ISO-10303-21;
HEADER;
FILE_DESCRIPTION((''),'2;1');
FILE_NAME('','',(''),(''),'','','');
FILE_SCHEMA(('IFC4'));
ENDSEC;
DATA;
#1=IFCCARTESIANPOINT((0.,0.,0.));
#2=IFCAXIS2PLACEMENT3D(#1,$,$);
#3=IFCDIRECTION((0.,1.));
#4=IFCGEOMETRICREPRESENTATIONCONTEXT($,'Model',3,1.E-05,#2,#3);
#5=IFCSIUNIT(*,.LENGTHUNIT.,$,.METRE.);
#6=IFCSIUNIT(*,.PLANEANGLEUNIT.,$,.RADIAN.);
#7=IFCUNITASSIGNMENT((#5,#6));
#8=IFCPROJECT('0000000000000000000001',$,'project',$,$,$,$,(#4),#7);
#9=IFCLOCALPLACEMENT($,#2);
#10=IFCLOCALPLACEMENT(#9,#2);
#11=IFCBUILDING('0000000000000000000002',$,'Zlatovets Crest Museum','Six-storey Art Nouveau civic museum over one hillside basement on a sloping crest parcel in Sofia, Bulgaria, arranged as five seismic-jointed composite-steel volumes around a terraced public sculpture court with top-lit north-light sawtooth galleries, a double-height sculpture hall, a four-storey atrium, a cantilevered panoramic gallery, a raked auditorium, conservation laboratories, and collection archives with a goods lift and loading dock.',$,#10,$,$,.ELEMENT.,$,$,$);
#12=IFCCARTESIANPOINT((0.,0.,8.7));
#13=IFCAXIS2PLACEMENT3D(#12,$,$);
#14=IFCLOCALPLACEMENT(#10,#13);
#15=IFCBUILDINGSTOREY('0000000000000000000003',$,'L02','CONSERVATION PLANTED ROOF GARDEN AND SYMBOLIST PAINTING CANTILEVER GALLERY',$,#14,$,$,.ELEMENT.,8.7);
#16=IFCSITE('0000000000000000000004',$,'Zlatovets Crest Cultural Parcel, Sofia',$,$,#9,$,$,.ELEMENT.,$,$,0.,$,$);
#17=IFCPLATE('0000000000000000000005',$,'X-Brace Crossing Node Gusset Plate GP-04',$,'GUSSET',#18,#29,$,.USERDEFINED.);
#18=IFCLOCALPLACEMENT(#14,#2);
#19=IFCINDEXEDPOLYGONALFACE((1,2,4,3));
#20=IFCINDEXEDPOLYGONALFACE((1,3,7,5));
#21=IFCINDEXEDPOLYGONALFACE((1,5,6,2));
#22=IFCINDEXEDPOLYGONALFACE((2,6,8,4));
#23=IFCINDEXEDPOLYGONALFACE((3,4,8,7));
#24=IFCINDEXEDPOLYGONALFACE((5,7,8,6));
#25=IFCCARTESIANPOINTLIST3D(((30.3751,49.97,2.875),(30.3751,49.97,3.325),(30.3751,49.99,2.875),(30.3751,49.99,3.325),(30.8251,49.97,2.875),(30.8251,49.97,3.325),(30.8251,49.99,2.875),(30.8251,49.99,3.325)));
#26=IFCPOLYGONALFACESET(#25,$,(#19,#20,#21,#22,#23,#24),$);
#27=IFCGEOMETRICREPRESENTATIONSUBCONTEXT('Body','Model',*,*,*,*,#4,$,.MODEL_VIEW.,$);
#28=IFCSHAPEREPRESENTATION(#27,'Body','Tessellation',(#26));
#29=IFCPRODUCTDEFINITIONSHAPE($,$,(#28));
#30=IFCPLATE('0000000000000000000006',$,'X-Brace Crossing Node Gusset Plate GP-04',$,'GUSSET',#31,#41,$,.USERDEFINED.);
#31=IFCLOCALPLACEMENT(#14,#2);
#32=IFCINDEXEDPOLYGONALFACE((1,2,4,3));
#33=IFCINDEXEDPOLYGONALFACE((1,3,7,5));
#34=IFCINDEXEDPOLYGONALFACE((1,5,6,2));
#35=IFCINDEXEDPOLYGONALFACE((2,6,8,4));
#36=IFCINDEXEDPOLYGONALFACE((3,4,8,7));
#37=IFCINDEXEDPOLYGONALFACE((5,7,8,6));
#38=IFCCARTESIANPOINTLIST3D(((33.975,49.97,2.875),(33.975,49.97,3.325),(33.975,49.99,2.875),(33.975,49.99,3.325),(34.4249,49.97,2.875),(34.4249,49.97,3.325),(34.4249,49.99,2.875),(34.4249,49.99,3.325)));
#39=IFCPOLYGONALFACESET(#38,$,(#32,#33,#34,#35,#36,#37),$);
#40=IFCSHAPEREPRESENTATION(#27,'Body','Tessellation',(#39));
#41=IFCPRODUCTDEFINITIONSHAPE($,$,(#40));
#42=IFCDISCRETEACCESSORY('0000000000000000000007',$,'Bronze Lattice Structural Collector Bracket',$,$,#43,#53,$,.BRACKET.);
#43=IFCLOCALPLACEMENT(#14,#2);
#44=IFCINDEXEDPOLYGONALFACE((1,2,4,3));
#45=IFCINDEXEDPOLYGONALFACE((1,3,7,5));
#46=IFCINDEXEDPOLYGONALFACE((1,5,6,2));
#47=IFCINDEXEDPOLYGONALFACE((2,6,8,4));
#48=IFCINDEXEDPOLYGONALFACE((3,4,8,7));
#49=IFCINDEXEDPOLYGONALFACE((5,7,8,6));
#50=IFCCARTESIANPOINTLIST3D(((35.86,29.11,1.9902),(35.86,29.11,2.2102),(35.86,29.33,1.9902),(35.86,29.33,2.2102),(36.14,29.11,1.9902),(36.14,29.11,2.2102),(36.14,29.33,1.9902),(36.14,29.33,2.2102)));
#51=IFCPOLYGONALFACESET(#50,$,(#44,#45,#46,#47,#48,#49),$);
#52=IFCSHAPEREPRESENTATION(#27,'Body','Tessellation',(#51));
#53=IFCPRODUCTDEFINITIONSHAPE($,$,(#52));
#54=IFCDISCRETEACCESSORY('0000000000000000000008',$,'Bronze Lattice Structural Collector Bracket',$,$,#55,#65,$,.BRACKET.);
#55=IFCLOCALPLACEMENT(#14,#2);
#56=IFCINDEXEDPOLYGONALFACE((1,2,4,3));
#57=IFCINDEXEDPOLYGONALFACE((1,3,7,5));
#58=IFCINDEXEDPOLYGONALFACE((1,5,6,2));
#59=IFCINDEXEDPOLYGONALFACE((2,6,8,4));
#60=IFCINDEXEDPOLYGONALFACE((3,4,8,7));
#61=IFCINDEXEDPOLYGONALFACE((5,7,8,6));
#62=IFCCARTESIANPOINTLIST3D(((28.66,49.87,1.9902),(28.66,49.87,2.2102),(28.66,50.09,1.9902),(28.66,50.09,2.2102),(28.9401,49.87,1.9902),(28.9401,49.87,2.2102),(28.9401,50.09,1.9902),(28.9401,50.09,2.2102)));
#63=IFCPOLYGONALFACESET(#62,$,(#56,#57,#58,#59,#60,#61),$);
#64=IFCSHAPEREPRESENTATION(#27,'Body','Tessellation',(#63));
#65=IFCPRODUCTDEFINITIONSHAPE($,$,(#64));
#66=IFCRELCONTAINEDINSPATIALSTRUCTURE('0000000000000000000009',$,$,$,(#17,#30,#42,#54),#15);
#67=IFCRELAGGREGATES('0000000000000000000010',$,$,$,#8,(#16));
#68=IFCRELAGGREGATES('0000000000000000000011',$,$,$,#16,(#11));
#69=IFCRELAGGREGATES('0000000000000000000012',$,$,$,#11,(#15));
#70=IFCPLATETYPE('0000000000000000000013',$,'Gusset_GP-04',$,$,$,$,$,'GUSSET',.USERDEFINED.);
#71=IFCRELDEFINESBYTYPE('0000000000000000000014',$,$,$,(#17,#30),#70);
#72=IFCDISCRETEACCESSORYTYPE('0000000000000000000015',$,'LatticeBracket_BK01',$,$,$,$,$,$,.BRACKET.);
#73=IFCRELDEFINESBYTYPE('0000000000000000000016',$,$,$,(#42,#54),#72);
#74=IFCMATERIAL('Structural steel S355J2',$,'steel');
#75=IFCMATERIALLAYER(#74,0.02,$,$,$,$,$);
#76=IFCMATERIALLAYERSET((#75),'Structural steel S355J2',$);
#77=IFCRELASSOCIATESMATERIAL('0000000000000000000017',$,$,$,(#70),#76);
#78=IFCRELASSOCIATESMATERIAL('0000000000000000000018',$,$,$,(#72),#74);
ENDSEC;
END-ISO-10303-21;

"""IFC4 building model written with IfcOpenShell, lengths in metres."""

from ifc_helpers import new_model, si_unit, direction, frame, origin, origin_2d, place, context, subcontext, project, spatial, rectangle, extrude, material, layer, layer_set, type_object, element, save


model = new_model("IFC4")

# Units and contexts
model_context = context("Model", 3, precision=1e-05, world=origin(), true_north=direction((0.0, 1.0)))
body_context = subcontext(model_context, "Body", "Model", "MODEL_VIEW")
ifc_project = project(units=[si_unit("LENGTHUNIT", "METRE"), si_unit("PLANEANGLEUNIT", "RADIAN")], contexts=[model_context])

# Site, building, storey
site_placement = place(None, origin())
site = spatial("IfcSite", under=ifc_project, at=site_placement, Name="Zlatovets Crest Cultural Parcel, Sofia", CompositionType="ELEMENT", RefElevation=0.0)
building_placement = place(site_placement, origin())
building = spatial("IfcBuilding", under=site, at=building_placement, Name="Zlatovets Crest Museum", Description="Six-storey Art Nouveau civic museum over one hillside basement on a sloping crest parcel in Sofia, Bulgaria, arranged as five seismic-jointed composite-steel volumes around a terraced public sculpture court with top-lit north-light sawtooth galleries, a double-height sculpture hall, a four-storey atrium, a cantilevered panoramic gallery, a raked auditorium, conservation laboratories, and collection archives with a goods lift and loading dock.", CompositionType="ELEMENT")
storey_placement = place(building_placement, frame((0.0, 0.0, 8.7)))
storey = spatial("IfcBuildingStorey", under=building, at=storey_placement, Name="L02", Description="CONSERVATION PLANTED ROOF GARDEN AND SYMBOLIST PAINTING CANTILEVER GALLERY", CompositionType="ELEMENT", Elevation=8.7)

# Plates
ifc_material_1 = material(Name="Structural steel S355J2", Category="steel")
ifc_layer = layer(ifc_material_1, 0.02)
ifc_layer_set = layer_set([ifc_layer], Name="Structural steel S355J2")
plate_type = type_object("IfcPlateType", Name="Gusset_GP-04", ElementType="GUSSET", PredefinedType="USERDEFINED", material=ifc_layer_set)
for number, where, z_axis, x_axis, name in (
    (1, (30.6001, 49.98, 2.875), (0.0, 0.0, 1.0), (1.0, 0.0, 0.0), "X-Brace Crossing Node Gusset Plate GP-04"),
    (2, (34.2, 49.98, 2.875), (0.0, 0.0, 1.0), (1.0, 0.0, 0.0), "X-Brace Crossing Node Gusset Plate GP-04"),
):
    element("IfcPlate", number, at=place(storey_placement, frame(where, z_axis=z_axis, x_axis=x_axis)), inside=storey, type_object=plate_type, Name=name, ObjectType="GUSSET", PredefinedType="USERDEFINED", context=body_context, shape_type="SweptSolid", body=[
        extrude(rectangle(XDim=0.45, YDim=0.02, at=origin_2d()), origin(), (0.0, 0.0, 1.0), 0.45),
    ])

# Discrete accessories
discrete_accessory_type = type_object("IfcDiscreteAccessoryType", Name="LatticeBracket_BK01", PredefinedType="BRACKET", material=ifc_material_1)
for number, where, z_axis, x_axis, name in (
    (3, (36.0, 29.22, 1.9902), (0.0, 0.0, 1.0), (1.0, 0.0, 0.0), "Bronze Lattice Structural Collector Bracket"),
    (4, (28.8, 49.98, 1.9902), (0.0, 0.0, 1.0), (1.0, 0.0, 0.0), "Bronze Lattice Structural Collector Bracket"),
):
    element("IfcDiscreteAccessory", number, at=place(storey_placement, frame(where, z_axis=z_axis, x_axis=x_axis)), inside=storey, type_object=discrete_accessory_type, Name=name, PredefinedType="BRACKET", context=body_context, shape_type="SweptSolid", body=[
        extrude(rectangle(XDim=0.28, YDim=0.22, at=origin_2d()), origin(), (0.0, 0.0, 1.0), 0.22),
    ])

save(model, "model.ifc")
